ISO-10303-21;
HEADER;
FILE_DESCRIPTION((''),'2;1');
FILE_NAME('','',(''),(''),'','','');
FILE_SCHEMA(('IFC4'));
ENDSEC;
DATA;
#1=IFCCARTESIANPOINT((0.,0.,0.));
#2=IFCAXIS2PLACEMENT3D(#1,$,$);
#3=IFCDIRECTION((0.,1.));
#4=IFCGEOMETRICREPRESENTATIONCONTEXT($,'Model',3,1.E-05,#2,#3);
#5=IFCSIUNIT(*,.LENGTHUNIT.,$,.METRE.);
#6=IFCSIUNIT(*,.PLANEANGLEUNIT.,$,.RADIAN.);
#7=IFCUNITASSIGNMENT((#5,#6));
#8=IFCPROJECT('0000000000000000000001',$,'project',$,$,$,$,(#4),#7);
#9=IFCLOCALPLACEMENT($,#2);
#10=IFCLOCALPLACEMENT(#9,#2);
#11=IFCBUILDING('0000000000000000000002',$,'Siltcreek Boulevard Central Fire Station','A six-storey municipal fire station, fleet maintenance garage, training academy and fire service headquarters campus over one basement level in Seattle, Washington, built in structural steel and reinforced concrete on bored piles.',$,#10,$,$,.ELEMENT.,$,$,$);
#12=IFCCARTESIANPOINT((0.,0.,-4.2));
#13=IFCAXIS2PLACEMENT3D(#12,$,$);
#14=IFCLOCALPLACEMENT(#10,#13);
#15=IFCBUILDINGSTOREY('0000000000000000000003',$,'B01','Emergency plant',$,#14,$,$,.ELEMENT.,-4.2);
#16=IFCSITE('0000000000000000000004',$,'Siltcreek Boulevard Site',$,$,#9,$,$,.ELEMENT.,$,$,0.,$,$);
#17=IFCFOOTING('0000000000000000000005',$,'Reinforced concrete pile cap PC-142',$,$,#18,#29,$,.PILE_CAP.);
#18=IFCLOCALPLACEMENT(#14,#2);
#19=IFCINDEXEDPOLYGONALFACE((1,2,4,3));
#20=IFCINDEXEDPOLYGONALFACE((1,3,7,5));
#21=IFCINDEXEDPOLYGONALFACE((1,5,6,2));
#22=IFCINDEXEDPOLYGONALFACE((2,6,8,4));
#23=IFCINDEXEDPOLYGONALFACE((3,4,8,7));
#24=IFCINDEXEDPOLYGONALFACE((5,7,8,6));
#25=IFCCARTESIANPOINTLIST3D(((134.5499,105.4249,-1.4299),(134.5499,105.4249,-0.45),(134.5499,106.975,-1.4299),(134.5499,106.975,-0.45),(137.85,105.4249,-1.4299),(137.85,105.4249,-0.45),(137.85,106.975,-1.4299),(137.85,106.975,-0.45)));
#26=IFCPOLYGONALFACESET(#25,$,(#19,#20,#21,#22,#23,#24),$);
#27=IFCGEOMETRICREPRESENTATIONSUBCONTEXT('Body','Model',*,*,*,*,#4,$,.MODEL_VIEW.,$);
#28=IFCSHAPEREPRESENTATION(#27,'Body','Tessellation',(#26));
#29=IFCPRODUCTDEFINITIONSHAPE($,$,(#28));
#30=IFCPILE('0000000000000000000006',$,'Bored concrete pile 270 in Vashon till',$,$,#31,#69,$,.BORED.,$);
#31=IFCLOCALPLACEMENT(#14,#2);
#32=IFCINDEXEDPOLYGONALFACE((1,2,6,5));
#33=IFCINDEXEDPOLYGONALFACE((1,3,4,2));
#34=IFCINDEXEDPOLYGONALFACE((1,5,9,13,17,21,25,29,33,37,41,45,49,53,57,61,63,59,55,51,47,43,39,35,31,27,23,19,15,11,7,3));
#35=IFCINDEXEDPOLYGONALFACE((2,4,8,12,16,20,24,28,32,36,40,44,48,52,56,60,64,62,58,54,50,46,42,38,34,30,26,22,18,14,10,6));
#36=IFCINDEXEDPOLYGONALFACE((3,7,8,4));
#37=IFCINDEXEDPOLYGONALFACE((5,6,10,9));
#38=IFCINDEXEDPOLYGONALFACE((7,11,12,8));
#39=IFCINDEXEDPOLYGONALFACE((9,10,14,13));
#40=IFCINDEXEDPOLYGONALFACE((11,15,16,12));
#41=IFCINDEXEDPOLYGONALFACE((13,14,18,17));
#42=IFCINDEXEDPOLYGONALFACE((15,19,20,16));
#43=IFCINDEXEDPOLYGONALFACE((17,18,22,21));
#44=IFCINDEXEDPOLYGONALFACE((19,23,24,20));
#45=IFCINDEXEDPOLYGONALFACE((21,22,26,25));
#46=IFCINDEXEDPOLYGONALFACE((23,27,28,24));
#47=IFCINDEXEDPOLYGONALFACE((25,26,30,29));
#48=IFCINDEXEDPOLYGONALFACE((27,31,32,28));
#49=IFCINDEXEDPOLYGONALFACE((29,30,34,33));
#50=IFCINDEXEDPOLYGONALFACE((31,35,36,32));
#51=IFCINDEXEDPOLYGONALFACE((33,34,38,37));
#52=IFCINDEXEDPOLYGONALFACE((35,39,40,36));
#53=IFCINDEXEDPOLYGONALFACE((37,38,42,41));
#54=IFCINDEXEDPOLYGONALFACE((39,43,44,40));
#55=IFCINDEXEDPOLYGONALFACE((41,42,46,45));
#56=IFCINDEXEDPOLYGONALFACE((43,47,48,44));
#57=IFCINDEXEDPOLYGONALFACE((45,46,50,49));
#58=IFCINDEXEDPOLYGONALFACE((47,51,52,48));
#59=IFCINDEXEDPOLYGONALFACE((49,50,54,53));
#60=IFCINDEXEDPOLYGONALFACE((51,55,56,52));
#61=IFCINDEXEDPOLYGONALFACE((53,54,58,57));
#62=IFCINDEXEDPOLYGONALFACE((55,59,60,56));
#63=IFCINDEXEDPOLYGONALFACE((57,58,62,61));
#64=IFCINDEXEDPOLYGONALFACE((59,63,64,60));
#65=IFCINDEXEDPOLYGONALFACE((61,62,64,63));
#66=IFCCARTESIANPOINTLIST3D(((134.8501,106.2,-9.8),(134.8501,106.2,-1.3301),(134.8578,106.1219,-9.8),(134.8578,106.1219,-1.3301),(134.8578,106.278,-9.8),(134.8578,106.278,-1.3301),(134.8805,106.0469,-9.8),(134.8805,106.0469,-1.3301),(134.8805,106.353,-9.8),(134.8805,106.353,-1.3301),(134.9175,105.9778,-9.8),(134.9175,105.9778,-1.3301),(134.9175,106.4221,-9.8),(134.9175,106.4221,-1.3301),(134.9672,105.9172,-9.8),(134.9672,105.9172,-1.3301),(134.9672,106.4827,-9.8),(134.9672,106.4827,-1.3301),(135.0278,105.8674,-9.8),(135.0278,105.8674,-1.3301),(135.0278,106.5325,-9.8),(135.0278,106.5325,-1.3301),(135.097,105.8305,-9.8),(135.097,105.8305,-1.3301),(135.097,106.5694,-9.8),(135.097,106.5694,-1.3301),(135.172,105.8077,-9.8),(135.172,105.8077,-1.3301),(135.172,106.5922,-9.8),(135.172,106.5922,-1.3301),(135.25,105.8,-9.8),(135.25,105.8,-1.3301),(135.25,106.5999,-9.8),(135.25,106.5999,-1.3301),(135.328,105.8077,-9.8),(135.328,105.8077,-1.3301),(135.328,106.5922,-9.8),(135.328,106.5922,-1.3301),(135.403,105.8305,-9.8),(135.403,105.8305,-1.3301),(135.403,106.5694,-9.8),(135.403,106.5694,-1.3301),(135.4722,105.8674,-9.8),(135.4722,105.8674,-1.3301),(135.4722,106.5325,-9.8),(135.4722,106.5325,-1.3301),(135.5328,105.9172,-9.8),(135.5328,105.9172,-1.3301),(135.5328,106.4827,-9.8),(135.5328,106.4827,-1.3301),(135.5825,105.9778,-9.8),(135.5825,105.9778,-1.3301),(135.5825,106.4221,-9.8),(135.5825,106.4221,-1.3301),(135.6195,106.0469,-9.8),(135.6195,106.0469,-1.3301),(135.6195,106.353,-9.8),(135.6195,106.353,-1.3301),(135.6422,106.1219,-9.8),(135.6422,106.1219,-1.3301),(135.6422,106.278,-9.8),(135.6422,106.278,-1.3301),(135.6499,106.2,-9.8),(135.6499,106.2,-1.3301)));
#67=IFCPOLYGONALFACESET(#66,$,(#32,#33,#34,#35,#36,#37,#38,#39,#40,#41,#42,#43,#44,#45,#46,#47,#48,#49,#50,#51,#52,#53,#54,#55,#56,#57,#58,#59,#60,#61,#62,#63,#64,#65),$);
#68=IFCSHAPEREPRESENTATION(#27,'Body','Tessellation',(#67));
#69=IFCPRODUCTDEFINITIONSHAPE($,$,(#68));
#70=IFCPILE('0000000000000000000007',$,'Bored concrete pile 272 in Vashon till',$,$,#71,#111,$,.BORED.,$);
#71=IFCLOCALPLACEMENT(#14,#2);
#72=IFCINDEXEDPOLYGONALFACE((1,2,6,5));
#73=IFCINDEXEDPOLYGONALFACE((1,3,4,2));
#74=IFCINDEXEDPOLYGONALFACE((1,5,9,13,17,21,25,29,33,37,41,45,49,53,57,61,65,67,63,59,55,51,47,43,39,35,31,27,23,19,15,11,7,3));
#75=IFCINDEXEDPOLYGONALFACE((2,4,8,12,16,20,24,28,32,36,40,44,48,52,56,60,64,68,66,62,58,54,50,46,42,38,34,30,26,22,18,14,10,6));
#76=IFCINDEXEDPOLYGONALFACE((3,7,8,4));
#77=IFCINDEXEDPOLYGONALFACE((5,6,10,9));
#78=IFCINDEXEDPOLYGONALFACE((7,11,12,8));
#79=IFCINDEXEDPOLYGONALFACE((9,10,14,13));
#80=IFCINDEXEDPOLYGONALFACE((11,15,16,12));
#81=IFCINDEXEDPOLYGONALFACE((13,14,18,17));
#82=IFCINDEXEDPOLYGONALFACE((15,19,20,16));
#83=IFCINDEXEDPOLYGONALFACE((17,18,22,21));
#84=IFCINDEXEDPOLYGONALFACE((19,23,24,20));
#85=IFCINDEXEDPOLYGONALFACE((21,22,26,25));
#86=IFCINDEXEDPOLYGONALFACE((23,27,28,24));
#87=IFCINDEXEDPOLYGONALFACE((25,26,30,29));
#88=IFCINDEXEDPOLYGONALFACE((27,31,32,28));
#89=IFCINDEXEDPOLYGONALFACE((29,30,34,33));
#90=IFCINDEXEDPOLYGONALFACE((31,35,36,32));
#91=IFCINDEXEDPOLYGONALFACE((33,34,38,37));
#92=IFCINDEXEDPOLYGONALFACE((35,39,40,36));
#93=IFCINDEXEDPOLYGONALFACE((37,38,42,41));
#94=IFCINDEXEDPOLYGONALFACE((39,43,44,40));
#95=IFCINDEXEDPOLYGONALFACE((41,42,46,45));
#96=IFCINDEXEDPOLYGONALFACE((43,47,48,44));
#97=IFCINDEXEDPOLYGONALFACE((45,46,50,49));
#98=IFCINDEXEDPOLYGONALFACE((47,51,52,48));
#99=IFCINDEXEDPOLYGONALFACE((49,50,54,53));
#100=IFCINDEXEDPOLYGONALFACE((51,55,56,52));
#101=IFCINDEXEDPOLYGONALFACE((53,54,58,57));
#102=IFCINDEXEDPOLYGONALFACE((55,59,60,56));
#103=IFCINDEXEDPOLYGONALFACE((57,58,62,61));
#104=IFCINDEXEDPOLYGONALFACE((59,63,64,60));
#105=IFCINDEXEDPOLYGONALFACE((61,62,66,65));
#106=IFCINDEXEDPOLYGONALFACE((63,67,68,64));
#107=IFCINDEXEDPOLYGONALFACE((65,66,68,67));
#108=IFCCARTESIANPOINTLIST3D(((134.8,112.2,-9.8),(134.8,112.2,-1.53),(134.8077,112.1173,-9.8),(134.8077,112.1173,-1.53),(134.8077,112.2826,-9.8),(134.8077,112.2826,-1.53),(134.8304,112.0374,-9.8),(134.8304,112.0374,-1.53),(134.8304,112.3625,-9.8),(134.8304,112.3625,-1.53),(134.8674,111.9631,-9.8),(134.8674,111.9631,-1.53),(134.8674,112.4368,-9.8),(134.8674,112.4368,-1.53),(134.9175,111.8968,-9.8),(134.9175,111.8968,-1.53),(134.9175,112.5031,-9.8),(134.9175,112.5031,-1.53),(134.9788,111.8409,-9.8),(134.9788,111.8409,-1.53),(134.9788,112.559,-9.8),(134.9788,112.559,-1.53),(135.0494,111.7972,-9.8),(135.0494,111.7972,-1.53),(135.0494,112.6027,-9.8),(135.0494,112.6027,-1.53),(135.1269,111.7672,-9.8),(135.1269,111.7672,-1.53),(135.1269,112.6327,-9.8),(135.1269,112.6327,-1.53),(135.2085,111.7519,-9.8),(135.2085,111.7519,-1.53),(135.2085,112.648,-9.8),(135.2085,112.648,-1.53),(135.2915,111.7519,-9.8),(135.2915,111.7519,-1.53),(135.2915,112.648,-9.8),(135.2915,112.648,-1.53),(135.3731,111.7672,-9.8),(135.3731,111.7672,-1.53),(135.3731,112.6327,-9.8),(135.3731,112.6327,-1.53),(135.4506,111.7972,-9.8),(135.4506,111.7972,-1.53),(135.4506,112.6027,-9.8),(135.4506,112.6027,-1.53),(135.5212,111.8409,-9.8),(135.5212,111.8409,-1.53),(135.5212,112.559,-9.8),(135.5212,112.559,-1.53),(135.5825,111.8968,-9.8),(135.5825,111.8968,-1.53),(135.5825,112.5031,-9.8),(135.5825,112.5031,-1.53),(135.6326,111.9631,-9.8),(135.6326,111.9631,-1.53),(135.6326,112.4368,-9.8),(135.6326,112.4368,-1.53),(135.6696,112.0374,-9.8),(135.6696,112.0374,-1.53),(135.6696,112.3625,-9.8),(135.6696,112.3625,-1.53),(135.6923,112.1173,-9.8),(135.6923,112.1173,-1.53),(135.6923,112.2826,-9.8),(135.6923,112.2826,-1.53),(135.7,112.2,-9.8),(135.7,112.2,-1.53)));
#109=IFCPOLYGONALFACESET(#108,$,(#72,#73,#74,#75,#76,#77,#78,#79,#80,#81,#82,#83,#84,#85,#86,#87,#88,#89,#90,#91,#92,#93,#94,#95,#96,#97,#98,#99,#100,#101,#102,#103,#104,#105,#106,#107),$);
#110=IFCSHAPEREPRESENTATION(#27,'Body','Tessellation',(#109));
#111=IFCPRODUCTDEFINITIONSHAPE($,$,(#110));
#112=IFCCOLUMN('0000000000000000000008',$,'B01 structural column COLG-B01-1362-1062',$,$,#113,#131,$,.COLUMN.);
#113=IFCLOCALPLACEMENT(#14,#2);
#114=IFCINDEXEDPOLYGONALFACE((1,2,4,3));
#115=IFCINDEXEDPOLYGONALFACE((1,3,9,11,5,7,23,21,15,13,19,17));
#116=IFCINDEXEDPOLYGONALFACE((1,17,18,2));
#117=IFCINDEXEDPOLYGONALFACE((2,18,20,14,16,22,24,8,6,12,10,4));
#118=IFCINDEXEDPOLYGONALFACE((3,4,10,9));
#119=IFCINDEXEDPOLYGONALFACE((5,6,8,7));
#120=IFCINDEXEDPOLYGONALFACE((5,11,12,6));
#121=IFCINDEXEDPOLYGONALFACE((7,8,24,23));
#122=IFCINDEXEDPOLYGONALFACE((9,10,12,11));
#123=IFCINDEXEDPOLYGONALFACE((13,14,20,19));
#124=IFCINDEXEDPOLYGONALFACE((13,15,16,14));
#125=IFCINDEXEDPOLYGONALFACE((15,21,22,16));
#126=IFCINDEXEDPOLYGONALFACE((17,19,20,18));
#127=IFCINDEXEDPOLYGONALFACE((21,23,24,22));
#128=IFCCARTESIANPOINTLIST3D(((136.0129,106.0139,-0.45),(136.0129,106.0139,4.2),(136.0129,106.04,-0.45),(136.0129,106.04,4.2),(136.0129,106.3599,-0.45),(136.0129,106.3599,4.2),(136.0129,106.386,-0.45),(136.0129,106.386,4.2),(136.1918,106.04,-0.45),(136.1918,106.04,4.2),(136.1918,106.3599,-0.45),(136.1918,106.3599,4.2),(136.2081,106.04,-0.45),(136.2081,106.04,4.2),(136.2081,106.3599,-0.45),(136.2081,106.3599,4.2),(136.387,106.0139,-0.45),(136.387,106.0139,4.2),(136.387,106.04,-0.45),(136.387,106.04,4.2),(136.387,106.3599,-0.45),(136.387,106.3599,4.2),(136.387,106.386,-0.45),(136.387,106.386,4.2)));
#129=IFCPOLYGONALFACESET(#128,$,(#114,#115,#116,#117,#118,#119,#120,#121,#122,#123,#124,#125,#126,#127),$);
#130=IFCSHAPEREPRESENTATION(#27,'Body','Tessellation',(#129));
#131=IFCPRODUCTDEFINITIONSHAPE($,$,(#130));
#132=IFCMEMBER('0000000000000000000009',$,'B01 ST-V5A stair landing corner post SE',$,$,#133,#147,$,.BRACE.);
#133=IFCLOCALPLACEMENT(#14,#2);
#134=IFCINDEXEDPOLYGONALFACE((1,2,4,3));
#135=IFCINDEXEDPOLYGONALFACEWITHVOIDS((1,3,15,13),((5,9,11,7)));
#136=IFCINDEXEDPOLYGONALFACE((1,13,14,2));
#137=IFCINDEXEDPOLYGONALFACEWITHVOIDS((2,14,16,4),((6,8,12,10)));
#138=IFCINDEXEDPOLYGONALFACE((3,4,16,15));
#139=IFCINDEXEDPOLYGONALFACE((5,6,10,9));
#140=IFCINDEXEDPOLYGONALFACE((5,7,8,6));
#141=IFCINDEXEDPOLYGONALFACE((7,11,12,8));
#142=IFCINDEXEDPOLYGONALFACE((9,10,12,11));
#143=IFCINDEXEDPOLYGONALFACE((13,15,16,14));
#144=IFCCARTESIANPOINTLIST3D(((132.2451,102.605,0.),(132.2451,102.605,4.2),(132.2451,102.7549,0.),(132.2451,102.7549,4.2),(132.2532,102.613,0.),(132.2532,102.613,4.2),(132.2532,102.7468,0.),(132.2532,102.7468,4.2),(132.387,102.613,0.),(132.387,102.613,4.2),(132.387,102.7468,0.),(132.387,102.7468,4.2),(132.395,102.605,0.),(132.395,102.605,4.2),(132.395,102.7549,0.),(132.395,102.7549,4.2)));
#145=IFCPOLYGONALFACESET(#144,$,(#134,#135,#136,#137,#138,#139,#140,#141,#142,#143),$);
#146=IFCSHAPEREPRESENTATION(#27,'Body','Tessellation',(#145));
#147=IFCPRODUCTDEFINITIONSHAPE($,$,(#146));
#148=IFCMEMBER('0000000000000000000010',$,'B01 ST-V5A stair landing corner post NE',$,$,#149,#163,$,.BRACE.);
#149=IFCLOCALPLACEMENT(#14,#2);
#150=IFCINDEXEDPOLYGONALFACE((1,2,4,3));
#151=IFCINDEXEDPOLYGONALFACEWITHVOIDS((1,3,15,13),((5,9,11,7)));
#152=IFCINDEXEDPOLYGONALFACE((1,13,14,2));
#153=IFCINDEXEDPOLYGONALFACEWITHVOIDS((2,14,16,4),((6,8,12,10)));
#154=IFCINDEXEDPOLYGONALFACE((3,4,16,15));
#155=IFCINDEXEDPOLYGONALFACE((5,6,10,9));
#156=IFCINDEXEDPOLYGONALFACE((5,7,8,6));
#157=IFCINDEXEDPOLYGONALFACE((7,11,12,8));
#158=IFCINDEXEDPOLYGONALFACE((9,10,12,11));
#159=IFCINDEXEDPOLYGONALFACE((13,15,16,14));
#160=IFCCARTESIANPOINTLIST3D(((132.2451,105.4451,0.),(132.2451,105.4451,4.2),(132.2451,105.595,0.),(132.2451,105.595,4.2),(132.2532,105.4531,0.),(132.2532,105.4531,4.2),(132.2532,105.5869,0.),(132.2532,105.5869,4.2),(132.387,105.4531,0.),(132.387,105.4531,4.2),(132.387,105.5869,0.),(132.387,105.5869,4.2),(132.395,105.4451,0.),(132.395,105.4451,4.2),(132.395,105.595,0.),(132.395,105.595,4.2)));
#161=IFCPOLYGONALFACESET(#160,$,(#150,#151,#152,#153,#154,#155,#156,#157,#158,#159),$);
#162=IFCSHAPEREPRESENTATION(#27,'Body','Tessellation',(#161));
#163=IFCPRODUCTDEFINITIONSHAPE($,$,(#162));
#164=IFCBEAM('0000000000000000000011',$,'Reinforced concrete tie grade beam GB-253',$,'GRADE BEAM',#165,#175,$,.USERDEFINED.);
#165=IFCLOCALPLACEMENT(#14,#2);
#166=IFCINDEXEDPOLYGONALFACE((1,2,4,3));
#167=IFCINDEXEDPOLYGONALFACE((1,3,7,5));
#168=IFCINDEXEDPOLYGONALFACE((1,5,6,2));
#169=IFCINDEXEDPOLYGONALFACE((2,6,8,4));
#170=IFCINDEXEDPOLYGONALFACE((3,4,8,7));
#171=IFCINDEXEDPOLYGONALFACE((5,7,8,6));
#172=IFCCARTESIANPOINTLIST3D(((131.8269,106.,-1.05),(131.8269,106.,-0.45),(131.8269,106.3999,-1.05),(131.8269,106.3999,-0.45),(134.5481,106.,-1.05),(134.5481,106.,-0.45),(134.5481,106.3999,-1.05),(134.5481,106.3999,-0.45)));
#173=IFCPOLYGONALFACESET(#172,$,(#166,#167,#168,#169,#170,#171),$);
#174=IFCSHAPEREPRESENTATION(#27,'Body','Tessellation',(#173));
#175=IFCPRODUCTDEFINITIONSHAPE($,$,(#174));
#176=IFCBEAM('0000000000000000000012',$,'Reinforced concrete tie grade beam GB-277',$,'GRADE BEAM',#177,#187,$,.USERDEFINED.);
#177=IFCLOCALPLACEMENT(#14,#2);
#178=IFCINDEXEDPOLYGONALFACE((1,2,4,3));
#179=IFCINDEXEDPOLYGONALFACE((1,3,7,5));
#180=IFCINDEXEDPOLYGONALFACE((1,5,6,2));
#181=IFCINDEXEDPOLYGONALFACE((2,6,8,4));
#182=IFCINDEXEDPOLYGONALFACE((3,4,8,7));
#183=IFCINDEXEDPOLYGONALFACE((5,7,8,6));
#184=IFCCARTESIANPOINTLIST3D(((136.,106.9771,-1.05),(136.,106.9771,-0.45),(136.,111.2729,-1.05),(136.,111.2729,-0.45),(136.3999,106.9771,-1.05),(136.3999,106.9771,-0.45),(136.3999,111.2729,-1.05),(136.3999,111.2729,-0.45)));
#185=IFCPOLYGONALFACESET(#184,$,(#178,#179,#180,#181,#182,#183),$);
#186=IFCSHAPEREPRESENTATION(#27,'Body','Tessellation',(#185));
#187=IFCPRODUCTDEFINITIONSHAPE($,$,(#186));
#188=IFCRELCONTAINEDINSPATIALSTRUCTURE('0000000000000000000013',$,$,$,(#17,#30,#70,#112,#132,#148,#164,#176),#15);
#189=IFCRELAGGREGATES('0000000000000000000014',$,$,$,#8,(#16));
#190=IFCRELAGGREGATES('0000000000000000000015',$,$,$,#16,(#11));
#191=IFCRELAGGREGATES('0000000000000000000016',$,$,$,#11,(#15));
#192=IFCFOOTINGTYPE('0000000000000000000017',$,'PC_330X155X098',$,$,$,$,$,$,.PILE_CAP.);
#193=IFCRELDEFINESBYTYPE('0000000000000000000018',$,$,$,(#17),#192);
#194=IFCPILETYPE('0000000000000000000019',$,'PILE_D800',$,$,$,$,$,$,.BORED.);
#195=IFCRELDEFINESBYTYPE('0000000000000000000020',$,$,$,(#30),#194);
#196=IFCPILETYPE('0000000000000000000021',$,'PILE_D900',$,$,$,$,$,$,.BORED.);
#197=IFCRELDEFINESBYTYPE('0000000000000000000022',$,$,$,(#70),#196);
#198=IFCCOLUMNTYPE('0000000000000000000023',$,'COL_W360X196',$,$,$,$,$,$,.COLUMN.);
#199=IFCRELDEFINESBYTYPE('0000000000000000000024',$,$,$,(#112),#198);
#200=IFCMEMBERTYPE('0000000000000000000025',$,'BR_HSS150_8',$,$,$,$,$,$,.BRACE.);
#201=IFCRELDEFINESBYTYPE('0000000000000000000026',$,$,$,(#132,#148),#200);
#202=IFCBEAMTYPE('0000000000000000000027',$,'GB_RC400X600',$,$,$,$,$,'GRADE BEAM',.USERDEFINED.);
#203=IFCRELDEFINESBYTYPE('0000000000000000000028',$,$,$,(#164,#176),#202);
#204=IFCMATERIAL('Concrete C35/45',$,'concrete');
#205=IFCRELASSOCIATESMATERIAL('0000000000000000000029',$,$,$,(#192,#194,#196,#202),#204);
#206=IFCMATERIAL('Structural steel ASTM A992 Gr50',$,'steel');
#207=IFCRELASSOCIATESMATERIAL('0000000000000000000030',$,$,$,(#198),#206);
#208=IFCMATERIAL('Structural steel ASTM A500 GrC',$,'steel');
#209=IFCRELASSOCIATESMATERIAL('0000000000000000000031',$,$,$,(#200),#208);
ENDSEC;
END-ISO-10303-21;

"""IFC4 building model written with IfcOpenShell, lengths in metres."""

from ifc_helpers import new_model, si_unit, direction, frame, origin, origin_2d, place, context, subcontext, project, spatial, rectangle, hollow_rectangle, circle, i_section, extrude, material, material_profile, profile_set, type_object, element, save


model = new_model("IFC4")

# Units and contexts
model_context = context("Model", 3, precision=1e-05, world=origin(), true_north=direction((0.0, 1.0)))
body_context = subcontext(model_context, "Body", "Model", "MODEL_VIEW")
ifc_project = project(units=[si_unit("LENGTHUNIT", "METRE"), si_unit("PLANEANGLEUNIT", "RADIAN")], contexts=[model_context])

# Site, building, storey
site_placement = place(None, origin())
site = spatial("IfcSite", under=ifc_project, at=site_placement, Name="Siltcreek Boulevard Site", CompositionType="ELEMENT", RefElevation=0.0)
building_placement = place(site_placement, origin())
building = spatial("IfcBuilding", under=site, at=building_placement, Name="Siltcreek Boulevard Central Fire Station", Description="A six-storey municipal fire station, fleet maintenance garage, training academy and fire service headquarters campus over one basement level in Seattle, Washington, built in structural steel and reinforced concrete on bored piles.", CompositionType="ELEMENT")
storey_placement = place(building_placement, frame((0.0, 0.0, -4.2)))
storey = spatial("IfcBuildingStorey", under=building, at=storey_placement, Name="B01", Description="Emergency plant", CompositionType="ELEMENT", Elevation=-4.2)

# Footing
ifc_material_1 = material(Name="Concrete C35/45", Category="concrete")
footing_type = type_object("IfcFootingType", Name="PC_330X155X098", PredefinedType="PILE_CAP", material=ifc_material_1)
footing_placement = place(storey_placement, frame((136.2, 106.2, -1.4299), z_axis=(0.0, 0.0, 1.0), x_axis=(1.0, 0.0, 0.0)))
element("IfcFooting", 1, at=footing_placement, inside=storey, type_object=footing_type, Name="Reinforced concrete pile cap PC-142", PredefinedType="PILE_CAP", context=body_context, shape_type="SweptSolid", body=[
    extrude(rectangle(XDim=3.3, YDim=1.55, at=origin_2d()), origin(), (0.0, 0.0, 1.0), 0.98),
])

# Piles
ifc_material_profile_1 = material_profile(ifc_material_1, circle(Radius=0.3999, at=origin_2d()), Name="SHAFT800")
ifc_profile_set_1 = profile_set([ifc_material_profile_1], Name="Concrete C35/45")
pile_type_1 = type_object("IfcPileType", Name="PILE_D800", PredefinedType="BORED", material=ifc_profile_set_1)
pile_1_placement = place(storey_placement, frame((135.25, 106.2, -1.3301), z_axis=(0.0, 0.0, -1.0), x_axis=(1.0, 0.0, 0.0)))
element("IfcPile", 2, at=pile_1_placement, inside=storey, type_object=pile_type_1, Name="Bored concrete pile 270 in Vashon till", PredefinedType="BORED", context=body_context, shape_type="SweptSolid", body=[
    extrude(circle(Radius=0.3999, at=origin_2d()), origin(), (0.0, 0.0, 1.0), 8.47),
])
ifc_material_profile_2 = material_profile(ifc_material_1, circle(Radius=0.45, at=origin_2d()), Name="SHAFT900")
ifc_profile_set_2 = profile_set([ifc_material_profile_2], Name="Concrete C35/45")
pile_type_2 = type_object("IfcPileType", Name="PILE_D900", PredefinedType="BORED", material=ifc_profile_set_2)
pile_2_placement = place(storey_placement, frame((135.25, 112.2, -1.53), z_axis=(0.0, 0.0, -1.0), x_axis=(1.0, 0.0, 0.0)))
element("IfcPile", 3, at=pile_2_placement, inside=storey, type_object=pile_type_2, Name="Bored concrete pile 272 in Vashon till", PredefinedType="BORED", context=body_context, shape_type="SweptSolid", body=[
    extrude(circle(Radius=0.45, at=origin_2d()), origin(), (0.0, 0.0, 1.0), 8.27),
])

# Column
ifc_material_2 = material(Name="Structural steel ASTM A992 Gr50", Category="steel")
ifc_material_profile_3 = material_profile(ifc_material_2, i_section(OverallWidth=0.374, OverallDepth=0.3721, WebThickness=0.0164, FlangeThickness=0.0261, at=origin_2d()), Name="W360X196")
ifc_profile_set_3 = profile_set([ifc_material_profile_3], Name="Structural steel ASTM A992 Gr50")
column_type = type_object("IfcColumnType", Name="COL_W360X196", PredefinedType="COLUMN", material=ifc_profile_set_3)
column_placement = place(storey_placement, frame((136.2, 106.2, -0.45), z_axis=(0.0, 0.0, 1.0), x_axis=(1.0, 0.0, 0.0)))
element("IfcColumn", 4, at=column_placement, inside=storey, type_object=column_type, Name="B01 structural column COLG-B01-1362-1062", PredefinedType="COLUMN", context=body_context, shape_type="SweptSolid", body=[
    extrude(i_section(OverallWidth=0.374, OverallDepth=0.3721, WebThickness=0.0164, FlangeThickness=0.0261, at=origin_2d()), origin(), (0.0, 0.0, 1.0), 4.6499),
])

# Members
ifc_material_3 = material(Name="Structural steel ASTM A500 GrC", Category="steel")
ifc_material_profile_4 = material_profile(ifc_material_3, hollow_rectangle(XDim=0.1499, YDim=0.1499, WallThickness=0.0081, at=origin_2d()), Name="HSS150X150X8.0")
ifc_profile_set_4 = profile_set([ifc_material_profile_4], Name="Structural steel ASTM A500 GrC")
member_type = type_object("IfcMemberType", Name="BR_HSS150_8", PredefinedType="BRACE", material=ifc_profile_set_4)
for number, where, z_axis, x_axis, name in (
    (5, (132.3201, 102.6799, 0.0), (0.0, 0.0, 1.0), (1.0, 0.0, 0.0), "B01 ST-V5A stair landing corner post SE"),
    (6, (132.3201, 105.52, 0.0), (0.0, 0.0, 1.0), (1.0, 0.0, 0.0), "B01 ST-V5A stair landing corner post NE"),
):
    element("IfcMember", number, at=place(storey_placement, frame(where, z_axis=z_axis, x_axis=x_axis)), inside=storey, type_object=member_type, Name=name, PredefinedType="BRACE", context=body_context, shape_type="SweptSolid", body=[
        extrude(hollow_rectangle(XDim=0.1499, YDim=0.1499, WallThickness=0.0081, at=origin_2d()), origin(), (0.0, 0.0, 1.0), 4.2),
    ])

# Beams
ifc_material_profile_5 = material_profile(ifc_material_1, rectangle(XDim=0.3999, YDim=0.6001, at=origin_2d()), Name="RC400X600")
ifc_profile_set_5 = profile_set([ifc_material_profile_5], Name="Concrete C35/45")
beam_type_1 = type_object("IfcBeamType", Name="GB_RC400X600", ElementType="GRADE BEAM", PredefinedType="USERDEFINED", material=ifc_profile_set_5)
beam_1_placement = place(storey_placement, frame((131.8269, 106.2, -0.75), z_axis=(1.0, 0.0, 0.0), x_axis=(0.0, 1.0, 0.0)))
element("IfcBeam", 7, at=beam_1_placement, inside=storey, type_object=beam_type_1, Name="Reinforced concrete tie grade beam GB-253", ObjectType="GRADE BEAM", PredefinedType="USERDEFINED", context=body_context, shape_type="SweptSolid", body=[
    extrude(rectangle(XDim=0.3999, YDim=0.6001, at=origin_2d()), origin(), (0.0, 0.0, 1.0), 2.7212),
])
beam_2_placement = place(storey_placement, frame((136.2, 106.9771, -0.75), z_axis=(0.0, 1.0, 0.0), x_axis=(-1.0, 0.0, 0.0)))
element("IfcBeam", 8, at=beam_2_placement, inside=storey, type_object=beam_type_1, Name="Reinforced concrete tie grade beam GB-277", ObjectType="GRADE BEAM", PredefinedType="USERDEFINED", context=body_context, shape_type="SweptSolid", body=[
    extrude(rectangle(XDim=0.3999, YDim=0.6001, at=origin_2d()), origin(), (0.0, 0.0, 1.0), 4.2959),
])

save(model, "model.ifc")
